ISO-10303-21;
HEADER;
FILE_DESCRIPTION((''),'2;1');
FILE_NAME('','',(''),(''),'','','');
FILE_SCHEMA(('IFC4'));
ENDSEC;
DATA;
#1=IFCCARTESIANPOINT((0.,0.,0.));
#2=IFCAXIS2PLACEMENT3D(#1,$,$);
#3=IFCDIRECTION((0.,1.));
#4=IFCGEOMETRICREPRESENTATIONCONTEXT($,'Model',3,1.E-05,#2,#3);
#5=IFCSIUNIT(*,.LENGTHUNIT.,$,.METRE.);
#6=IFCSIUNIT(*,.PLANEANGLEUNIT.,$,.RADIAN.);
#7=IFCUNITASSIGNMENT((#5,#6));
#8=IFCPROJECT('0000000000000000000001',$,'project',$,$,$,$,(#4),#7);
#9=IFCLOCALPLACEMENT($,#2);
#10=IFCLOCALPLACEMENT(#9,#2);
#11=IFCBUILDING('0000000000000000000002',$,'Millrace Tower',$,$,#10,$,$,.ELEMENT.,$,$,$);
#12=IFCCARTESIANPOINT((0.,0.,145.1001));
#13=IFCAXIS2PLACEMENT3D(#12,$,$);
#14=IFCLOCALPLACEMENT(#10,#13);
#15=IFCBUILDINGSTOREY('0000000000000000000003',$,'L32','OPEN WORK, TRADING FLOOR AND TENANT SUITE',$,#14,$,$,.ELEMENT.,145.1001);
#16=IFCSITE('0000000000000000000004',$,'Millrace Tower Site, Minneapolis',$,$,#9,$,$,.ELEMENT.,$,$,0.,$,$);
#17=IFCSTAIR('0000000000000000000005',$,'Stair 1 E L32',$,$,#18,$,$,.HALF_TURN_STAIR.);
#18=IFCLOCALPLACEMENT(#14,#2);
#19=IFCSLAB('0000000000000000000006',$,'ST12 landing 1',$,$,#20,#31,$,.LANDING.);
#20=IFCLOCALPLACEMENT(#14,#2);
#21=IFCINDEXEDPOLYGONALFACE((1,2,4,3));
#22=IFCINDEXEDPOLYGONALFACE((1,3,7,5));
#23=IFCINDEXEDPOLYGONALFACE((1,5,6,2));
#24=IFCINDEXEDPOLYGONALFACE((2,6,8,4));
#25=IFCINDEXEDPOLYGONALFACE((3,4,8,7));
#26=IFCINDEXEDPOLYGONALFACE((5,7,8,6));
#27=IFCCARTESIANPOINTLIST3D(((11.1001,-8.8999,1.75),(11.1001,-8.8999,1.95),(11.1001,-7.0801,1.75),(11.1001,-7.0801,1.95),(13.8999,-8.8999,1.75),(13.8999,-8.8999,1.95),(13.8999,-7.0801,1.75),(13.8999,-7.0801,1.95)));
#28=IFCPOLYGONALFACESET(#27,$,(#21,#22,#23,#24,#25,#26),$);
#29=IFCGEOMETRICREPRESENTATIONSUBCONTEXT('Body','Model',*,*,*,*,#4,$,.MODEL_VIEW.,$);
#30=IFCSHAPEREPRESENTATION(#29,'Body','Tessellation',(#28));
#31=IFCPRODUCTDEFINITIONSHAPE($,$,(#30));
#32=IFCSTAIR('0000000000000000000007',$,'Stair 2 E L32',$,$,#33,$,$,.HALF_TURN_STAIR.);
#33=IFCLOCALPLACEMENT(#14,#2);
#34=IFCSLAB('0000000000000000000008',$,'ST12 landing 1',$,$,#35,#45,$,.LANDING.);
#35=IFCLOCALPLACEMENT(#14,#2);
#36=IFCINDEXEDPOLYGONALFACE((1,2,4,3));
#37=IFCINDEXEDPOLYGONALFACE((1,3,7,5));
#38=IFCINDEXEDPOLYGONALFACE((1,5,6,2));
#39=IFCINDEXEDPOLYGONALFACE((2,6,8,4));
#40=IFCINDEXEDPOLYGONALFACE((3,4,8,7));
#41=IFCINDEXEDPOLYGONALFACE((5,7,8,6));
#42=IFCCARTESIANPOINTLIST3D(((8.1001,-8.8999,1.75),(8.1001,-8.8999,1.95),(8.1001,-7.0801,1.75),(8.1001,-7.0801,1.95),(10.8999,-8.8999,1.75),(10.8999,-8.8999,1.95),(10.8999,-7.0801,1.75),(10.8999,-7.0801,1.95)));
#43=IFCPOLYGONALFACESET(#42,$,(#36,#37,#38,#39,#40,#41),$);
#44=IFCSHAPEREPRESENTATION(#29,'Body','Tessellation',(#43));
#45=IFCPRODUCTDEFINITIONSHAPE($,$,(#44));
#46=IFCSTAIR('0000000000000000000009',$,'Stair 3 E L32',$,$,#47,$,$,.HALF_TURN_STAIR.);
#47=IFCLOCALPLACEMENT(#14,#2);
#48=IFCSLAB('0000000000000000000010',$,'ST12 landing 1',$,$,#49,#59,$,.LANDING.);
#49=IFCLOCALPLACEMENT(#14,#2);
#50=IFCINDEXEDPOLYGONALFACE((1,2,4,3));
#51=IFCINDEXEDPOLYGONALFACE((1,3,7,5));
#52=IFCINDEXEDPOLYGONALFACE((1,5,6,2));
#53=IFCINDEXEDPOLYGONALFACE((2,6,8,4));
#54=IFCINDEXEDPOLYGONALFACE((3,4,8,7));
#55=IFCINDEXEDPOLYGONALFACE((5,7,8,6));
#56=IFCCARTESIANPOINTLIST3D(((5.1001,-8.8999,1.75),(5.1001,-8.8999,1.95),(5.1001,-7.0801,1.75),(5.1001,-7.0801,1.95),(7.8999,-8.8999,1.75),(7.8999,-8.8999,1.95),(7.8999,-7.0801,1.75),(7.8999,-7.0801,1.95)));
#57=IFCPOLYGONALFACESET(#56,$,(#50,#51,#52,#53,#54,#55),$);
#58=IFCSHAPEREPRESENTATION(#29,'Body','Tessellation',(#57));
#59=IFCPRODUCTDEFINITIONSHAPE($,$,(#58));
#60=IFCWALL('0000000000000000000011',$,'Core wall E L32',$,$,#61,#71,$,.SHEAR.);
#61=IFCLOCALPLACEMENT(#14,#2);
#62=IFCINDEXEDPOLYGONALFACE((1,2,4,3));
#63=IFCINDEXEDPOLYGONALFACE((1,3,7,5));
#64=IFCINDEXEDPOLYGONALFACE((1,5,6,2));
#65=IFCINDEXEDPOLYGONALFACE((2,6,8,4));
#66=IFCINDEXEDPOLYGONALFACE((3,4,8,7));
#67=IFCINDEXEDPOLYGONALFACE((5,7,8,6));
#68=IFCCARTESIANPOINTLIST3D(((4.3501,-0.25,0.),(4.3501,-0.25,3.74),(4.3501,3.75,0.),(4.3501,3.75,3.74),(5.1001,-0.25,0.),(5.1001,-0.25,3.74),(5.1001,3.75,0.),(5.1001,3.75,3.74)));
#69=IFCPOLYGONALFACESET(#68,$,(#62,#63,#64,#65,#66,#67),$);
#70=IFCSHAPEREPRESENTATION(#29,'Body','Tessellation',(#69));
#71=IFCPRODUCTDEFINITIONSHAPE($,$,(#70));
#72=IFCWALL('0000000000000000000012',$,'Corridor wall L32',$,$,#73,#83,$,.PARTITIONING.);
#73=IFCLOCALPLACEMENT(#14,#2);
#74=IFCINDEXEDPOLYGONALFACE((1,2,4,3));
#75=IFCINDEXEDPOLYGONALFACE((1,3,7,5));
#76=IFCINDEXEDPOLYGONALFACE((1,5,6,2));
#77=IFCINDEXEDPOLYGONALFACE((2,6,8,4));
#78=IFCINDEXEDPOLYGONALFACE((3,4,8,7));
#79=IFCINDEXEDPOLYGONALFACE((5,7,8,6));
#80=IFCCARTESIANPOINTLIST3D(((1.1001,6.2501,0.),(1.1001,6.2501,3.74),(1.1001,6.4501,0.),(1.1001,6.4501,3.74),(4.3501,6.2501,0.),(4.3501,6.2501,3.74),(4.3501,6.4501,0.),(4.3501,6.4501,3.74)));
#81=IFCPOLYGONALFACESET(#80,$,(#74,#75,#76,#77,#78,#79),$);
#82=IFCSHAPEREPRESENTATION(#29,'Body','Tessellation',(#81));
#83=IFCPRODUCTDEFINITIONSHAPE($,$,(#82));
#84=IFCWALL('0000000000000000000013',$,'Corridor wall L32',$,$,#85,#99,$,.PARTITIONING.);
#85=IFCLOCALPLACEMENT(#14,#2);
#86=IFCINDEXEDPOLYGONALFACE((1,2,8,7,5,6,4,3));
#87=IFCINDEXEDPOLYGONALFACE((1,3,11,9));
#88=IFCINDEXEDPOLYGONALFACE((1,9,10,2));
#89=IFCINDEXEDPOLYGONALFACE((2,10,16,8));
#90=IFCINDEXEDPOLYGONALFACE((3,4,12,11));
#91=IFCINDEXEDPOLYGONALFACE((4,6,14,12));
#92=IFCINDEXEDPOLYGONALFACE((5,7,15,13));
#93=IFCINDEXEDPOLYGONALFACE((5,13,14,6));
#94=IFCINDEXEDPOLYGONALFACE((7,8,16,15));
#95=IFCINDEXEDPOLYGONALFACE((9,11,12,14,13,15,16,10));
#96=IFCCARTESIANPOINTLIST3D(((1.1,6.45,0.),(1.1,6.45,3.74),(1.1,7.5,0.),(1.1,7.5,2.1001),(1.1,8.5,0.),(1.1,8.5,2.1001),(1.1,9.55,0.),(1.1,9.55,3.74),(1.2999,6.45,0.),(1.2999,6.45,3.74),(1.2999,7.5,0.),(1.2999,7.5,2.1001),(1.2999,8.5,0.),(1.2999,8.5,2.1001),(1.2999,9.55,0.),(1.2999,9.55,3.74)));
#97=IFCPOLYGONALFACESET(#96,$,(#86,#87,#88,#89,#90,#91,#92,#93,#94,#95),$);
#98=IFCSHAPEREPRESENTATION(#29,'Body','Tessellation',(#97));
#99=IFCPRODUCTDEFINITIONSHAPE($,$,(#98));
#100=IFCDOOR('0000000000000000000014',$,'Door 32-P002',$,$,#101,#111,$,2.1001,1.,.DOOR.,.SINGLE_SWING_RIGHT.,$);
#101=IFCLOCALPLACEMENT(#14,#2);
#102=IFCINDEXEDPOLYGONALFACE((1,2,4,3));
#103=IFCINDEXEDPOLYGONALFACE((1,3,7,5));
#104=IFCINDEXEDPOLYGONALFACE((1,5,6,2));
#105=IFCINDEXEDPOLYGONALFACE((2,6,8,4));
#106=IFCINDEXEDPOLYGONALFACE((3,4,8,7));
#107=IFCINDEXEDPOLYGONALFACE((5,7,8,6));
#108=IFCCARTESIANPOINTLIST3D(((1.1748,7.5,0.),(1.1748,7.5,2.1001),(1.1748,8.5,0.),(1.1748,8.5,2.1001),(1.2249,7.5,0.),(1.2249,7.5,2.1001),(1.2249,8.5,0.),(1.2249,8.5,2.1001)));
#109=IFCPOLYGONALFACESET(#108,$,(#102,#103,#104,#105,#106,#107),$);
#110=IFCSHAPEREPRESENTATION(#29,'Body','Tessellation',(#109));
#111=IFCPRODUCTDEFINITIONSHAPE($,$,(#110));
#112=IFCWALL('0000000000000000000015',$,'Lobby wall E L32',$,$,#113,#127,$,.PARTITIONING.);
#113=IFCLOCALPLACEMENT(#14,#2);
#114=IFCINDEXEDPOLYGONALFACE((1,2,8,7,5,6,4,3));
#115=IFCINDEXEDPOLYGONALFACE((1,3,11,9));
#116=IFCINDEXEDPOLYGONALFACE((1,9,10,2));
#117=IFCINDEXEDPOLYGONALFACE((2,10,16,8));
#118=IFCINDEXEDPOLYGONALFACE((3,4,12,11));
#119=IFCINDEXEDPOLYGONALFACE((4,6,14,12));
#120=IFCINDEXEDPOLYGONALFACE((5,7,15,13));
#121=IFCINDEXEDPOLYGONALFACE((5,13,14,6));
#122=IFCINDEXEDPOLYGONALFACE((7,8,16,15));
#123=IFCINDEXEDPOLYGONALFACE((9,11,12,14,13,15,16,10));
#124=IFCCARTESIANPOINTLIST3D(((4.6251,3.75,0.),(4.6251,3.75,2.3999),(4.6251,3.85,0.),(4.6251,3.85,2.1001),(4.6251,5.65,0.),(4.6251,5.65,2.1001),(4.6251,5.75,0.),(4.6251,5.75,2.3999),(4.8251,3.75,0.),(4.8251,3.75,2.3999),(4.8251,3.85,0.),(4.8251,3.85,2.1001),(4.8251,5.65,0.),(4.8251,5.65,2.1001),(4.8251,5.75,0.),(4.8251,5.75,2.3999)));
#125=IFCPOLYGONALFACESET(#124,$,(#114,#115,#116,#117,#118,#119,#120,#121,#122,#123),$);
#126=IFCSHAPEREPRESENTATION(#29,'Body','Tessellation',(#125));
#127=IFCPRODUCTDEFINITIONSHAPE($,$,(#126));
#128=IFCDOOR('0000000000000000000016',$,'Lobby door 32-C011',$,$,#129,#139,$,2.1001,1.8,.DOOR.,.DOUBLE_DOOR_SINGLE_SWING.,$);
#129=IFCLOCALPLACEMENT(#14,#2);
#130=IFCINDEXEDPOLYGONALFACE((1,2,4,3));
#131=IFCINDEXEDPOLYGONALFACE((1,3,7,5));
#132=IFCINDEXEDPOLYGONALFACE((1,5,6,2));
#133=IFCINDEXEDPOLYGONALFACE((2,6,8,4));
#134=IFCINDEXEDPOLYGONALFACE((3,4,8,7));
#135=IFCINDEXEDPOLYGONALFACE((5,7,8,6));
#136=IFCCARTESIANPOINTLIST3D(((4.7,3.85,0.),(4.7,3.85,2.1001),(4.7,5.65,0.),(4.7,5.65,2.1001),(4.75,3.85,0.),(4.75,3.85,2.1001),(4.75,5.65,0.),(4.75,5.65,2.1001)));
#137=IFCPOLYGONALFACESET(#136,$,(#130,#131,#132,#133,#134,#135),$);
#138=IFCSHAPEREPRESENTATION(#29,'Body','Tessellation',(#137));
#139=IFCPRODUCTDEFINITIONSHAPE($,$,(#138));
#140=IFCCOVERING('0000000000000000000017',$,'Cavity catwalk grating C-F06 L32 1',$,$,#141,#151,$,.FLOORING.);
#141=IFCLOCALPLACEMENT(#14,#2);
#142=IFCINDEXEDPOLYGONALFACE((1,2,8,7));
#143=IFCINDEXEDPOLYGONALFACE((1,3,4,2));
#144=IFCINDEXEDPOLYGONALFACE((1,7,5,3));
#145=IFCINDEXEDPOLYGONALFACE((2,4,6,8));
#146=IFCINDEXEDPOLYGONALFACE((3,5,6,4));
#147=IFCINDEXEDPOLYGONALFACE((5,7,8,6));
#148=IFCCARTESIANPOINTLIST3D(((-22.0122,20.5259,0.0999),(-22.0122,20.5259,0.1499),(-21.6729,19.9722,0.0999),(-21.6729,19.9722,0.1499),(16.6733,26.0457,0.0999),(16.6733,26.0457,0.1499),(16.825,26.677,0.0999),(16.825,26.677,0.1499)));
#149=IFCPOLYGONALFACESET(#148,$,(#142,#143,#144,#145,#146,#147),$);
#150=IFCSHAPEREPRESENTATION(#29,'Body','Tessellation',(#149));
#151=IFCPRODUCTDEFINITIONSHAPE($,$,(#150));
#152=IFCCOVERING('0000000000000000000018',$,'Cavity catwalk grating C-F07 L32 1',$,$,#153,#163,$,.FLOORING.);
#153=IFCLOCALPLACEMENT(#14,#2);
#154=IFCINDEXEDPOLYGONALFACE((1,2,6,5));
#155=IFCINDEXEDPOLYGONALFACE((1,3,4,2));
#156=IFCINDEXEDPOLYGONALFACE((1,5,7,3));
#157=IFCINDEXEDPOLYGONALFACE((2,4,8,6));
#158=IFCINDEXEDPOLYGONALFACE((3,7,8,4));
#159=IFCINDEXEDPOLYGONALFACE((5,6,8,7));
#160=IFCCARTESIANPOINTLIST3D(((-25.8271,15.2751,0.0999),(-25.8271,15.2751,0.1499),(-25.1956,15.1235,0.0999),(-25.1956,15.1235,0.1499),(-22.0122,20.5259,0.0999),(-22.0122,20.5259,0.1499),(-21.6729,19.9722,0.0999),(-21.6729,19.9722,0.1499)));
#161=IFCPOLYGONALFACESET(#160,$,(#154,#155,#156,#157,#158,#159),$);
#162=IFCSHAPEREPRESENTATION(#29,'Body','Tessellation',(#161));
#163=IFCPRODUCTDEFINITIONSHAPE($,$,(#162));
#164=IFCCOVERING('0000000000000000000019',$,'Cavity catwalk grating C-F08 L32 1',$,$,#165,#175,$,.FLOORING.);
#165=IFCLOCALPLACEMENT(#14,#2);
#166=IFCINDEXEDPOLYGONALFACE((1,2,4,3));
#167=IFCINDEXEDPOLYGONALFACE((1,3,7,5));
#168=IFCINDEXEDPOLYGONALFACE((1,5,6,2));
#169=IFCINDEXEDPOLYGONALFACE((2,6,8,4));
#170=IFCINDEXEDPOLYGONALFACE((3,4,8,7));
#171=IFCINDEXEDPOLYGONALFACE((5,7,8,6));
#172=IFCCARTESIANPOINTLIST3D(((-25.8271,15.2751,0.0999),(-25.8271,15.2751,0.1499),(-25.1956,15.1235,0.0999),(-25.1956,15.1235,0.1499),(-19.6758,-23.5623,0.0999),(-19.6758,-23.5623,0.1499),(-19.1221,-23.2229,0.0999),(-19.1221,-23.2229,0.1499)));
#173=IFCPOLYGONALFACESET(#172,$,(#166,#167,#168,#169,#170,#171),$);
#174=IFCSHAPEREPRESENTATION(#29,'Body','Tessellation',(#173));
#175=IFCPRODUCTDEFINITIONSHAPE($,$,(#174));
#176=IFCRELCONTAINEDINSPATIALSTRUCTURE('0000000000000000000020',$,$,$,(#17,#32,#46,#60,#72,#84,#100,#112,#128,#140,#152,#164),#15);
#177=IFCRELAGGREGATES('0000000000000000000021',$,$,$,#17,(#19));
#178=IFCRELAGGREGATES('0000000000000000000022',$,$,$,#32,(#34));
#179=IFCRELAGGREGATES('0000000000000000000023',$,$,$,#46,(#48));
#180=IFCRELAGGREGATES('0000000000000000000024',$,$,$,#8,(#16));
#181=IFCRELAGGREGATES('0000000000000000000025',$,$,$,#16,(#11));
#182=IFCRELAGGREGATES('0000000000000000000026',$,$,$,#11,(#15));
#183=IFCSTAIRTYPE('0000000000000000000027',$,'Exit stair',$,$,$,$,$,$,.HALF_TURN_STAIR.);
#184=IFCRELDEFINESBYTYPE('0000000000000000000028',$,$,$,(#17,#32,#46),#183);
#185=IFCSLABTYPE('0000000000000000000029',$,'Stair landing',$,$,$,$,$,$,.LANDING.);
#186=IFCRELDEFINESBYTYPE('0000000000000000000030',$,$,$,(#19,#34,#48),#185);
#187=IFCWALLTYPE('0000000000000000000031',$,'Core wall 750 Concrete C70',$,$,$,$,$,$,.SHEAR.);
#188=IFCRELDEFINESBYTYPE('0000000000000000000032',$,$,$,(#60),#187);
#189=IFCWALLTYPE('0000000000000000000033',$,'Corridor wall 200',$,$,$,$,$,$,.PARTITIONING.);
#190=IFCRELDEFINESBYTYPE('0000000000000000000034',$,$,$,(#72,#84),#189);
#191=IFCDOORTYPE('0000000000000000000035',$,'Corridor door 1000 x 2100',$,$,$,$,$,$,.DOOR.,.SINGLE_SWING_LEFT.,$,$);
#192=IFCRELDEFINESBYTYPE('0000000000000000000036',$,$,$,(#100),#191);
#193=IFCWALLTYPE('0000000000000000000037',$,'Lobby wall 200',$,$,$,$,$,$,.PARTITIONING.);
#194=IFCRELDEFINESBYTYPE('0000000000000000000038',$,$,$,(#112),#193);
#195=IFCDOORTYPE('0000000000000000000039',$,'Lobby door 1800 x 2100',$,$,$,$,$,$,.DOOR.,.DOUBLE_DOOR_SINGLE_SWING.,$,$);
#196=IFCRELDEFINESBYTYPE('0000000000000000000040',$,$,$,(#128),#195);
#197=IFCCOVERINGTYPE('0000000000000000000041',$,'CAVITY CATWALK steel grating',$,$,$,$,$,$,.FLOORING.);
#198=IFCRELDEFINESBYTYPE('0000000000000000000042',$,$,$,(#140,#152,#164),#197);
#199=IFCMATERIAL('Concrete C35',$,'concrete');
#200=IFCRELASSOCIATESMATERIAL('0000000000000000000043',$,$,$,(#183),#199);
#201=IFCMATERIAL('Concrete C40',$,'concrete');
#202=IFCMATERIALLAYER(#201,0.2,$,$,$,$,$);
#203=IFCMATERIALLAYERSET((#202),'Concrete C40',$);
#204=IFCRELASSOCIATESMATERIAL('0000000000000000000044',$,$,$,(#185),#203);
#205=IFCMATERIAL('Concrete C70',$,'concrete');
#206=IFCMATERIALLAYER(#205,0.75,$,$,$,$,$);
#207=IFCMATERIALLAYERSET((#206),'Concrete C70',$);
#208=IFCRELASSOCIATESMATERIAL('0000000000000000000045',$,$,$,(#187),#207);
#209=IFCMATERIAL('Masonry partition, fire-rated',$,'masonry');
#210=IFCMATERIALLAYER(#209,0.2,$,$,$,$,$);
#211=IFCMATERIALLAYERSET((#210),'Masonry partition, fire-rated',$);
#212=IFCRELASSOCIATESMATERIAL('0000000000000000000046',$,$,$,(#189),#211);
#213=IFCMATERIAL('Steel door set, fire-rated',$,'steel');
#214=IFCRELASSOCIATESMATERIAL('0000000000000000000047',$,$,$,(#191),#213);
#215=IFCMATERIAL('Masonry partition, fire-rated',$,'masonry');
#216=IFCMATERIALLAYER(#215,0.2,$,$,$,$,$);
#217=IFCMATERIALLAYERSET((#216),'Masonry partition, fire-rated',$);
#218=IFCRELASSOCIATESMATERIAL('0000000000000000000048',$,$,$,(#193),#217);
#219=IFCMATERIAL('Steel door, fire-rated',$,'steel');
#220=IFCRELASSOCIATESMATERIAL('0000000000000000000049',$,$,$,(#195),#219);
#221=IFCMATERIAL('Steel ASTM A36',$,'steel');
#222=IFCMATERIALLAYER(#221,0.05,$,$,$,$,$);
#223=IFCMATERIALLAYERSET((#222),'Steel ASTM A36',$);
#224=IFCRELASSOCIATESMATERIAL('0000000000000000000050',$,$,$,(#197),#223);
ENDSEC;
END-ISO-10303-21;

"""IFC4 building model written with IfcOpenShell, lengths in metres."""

from ifc_helpers import new_model, si_unit, direction, frame, frame_2d, origin, place, context, subcontext, project, spatial, polyline, rectangle, outline, extrude, material, layer, layer_set, type_object, element, fill, aggregate, save


model = new_model("IFC4")

# Units and contexts
model_context = context("Model", 3, precision=1e-05, world=origin(), true_north=direction((0.0, 1.0)))
body_context = subcontext(model_context, "Body", "Model", "MODEL_VIEW")
ifc_project = project(units=[si_unit("LENGTHUNIT", "METRE"), si_unit("PLANEANGLEUNIT", "RADIAN")], contexts=[model_context])

# Site, building, storey
site_placement = place(None, origin())
site = spatial("IfcSite", under=ifc_project, at=site_placement, Name="Millrace Tower Site, Minneapolis", CompositionType="ELEMENT", RefElevation=0.0)
building_placement = place(site_placement, origin())
building = spatial("IfcBuilding", under=site, at=building_placement, Name="Millrace Tower", CompositionType="ELEMENT")
storey_placement = place(building_placement, frame((0.0, 0.0, 145.1001)))
storey = spatial("IfcBuildingStorey", under=building, at=storey_placement, Name="L32", Description="OPEN WORK, TRADING FLOOR AND TENANT SUITE", CompositionType="ELEMENT", Elevation=145.1001)

# Shared definitions
placement_1 = place(storey_placement, origin())

# Stairs, slabs
ifc_material_1 = material(Name="Concrete C35", Category="concrete")
stair_type = type_object("IfcStairType", Name="Exit stair", PredefinedType="HALF_TURN_STAIR", material=ifc_material_1)
ifc_material_2 = material(Name="Concrete C40", Category="concrete")
ifc_layer_1 = layer(ifc_material_2, 0.2)
ifc_layer_set_1 = layer_set([ifc_layer_1], Name="Concrete C40")
slab_type = type_object("IfcSlabType", Name="Stair landing", PredefinedType="LANDING", material=ifc_layer_set_1)
placement_2 = place(storey_placement, frame((0.0, 0.0, 1.75)))
stair_1 = element("IfcStair", 1, at=placement_1, inside=storey, type_object=stair_type, Name="Stair 1 E L32", PredefinedType="HALF_TURN_STAIR")
slab_1 = element("IfcSlab", 2, at=placement_2, type_object=slab_type, Name="ST12 landing 1", PredefinedType="LANDING", context=body_context, shape_type="SweptSolid", body=[
    extrude(outline(polyline([(11.1001, -8.8999), (13.8999, -8.8999), (13.8999, -7.0801), (11.1001, -7.0801), (11.1001, -8.8999)])), origin(), (0.0, 0.0, 1.0), 0.2),
])
aggregate(stair_1, [slab_1])
stair_2 = element("IfcStair", 3, at=placement_1, inside=storey, type_object=stair_type, Name="Stair 2 E L32", PredefinedType="HALF_TURN_STAIR")
slab_2 = element("IfcSlab", 4, at=placement_2, type_object=slab_type, Name="ST12 landing 1", PredefinedType="LANDING", context=body_context, shape_type="SweptSolid", body=[
    extrude(outline(polyline([(8.1001, -8.8999), (10.8999, -8.8999), (10.8999, -7.0801), (8.1001, -7.0801), (8.1001, -8.8999)])), origin(), (0.0, 0.0, 1.0), 0.2),
])
aggregate(stair_2, [slab_2])
stair_3 = element("IfcStair", 5, at=placement_1, inside=storey, type_object=stair_type, Name="Stair 3 E L32", PredefinedType="HALF_TURN_STAIR")
slab_3 = element("IfcSlab", 6, at=placement_2, type_object=slab_type, Name="ST12 landing 1", PredefinedType="LANDING", context=body_context, shape_type="SweptSolid", body=[
    extrude(outline(polyline([(5.1001, -8.8999), (7.8999, -8.8999), (7.8999, -7.0801), (5.1001, -7.0801), (5.1001, -8.8999)])), origin(), (0.0, 0.0, 1.0), 0.2),
])
aggregate(stair_3, [slab_3])

# Walls
ifc_material_3 = material(Name="Concrete C70", Category="concrete")
ifc_layer_2 = layer(ifc_material_3, 0.75)
ifc_layer_set_2 = layer_set([ifc_layer_2], Name="Concrete C70")
wall_type_1 = type_object("IfcWallType", Name="Core wall 750 Concrete C70", PredefinedType="SHEAR", material=ifc_layer_set_2)
wall_1_placement = place(storey_placement, frame((4.7251, 3.75, 0.0), z_axis=(0.0, 0.0, 1.0), x_axis=(0.0, -1.0, 0.0)))
element("IfcWall", 7, at=wall_1_placement, inside=storey, type_object=wall_type_1, Name="Core wall E L32", PredefinedType="SHEAR", context=body_context, shape_type="SweptSolid", body=[
    extrude(rectangle(XDim=4.0, YDim=0.75, at=frame_2d((2.0, 0.0))), origin(), (0.0, 0.0, 1.0), 3.74),
])
ifc_material_4 = material(Name="Masonry partition, fire-rated", Category="masonry")
ifc_layer_3 = layer(ifc_material_4, 0.2)
ifc_layer_set_3 = layer_set([ifc_layer_3], Name="Masonry partition, fire-rated")
wall_type_2 = type_object("IfcWallType", Name="Corridor wall 200", PredefinedType="PARTITIONING", material=ifc_layer_set_3)
wall_2_placement = place(storey_placement, frame((1.1001, 6.3501, 0.0), z_axis=(0.0, 0.0, 1.0), x_axis=(1.0, 0.0, 0.0)))
element("IfcWall", 8, at=wall_2_placement, inside=storey, type_object=wall_type_2, Name="Corridor wall L32", PredefinedType="PARTITIONING", context=body_context, shape_type="SweptSolid", body=[
    extrude(rectangle(XDim=3.25, YDim=0.2, at=frame_2d((1.625, 0.0))), origin(), (0.0, 0.0, 1.0), 3.74),
])

# Walls, openings, doors
wall_3_placement = place(storey_placement, frame((1.2, 6.45, 0.0), z_axis=(0.0, 0.0, 1.0), x_axis=(0.0, 1.0, 0.0)))
wall_3 = element("IfcWall", 9, at=wall_3_placement, inside=storey, type_object=wall_type_2, Name="Corridor wall L32", PredefinedType="PARTITIONING", context=body_context, shape_type="SweptSolid", body=[
    extrude(rectangle(XDim=3.1001, YDim=0.2, at=frame_2d((1.55, 0.0))), origin(), (0.0, 0.0, 1.0), 3.74),
])
opening_1_placement = place(wall_3_placement, frame((1.05, 0.0, 0.0)))
opening_1 = element("IfcOpeningElement", 10, at=opening_1_placement, cuts=wall_3, PredefinedType="OPENING", context=body_context, shape_type="SweptSolid", body=[
    extrude(rectangle(XDim=1.0, YDim=2.1001, at=frame_2d((0.5, 1.05))), frame((0.0, 0.1099, 0.0), z_axis=(0.0, -1.0, 0.0), x_axis=(1.0, 0.0, 0.0)), (0.0, 0.0, 1.0), 0.22),
])
ifc_material_5 = material(Name="Steel door set, fire-rated", Category="steel")
door_type_1 = type_object("IfcDoorType", Name="Corridor door 1000 x 2100", OperationType="SINGLE_SWING_LEFT", PredefinedType="DOOR", material=ifc_material_5)
door_1_placement = place(opening_1_placement, frame((1.0, 0.0, 0.0), z_axis=(0.0, 0.0, 1.0), x_axis=(-1.0, 0.0, 0.0)))
door_1 = element("IfcDoor", 11, at=door_1_placement, inside=storey, type_object=door_type_1, Name="Door 32-P002", OperationType="SINGLE_SWING_RIGHT", OverallHeight=2.1001, OverallWidth=1.0, PredefinedType="DOOR", context=body_context, shape_type="SweptSolid", body=[
    extrude(rectangle(XDim=1.0, YDim=2.1001, at=frame_2d((0.5, 1.05))), frame((0.0, 0.0249, 0.0), z_axis=(0.0, -1.0, 0.0), x_axis=(1.0, 0.0, 0.0)), (0.0, 0.0, 1.0), 0.05),
])
fill(opening_1, door_1)
ifc_material_6 = material(Name="Masonry partition, fire-rated", Category="masonry")
ifc_layer_4 = layer(ifc_material_6, 0.2)
ifc_layer_set_4 = layer_set([ifc_layer_4], Name="Masonry partition, fire-rated")
wall_type_3 = type_object("IfcWallType", Name="Lobby wall 200", PredefinedType="PARTITIONING", material=ifc_layer_set_4)
wall_4_placement = place(storey_placement, frame((4.7251, 5.75, 0.0), z_axis=(0.0, 0.0, 1.0), x_axis=(0.0, -1.0, 0.0)))
wall_4 = element("IfcWall", 12, at=wall_4_placement, inside=storey, type_object=wall_type_3, Name="Lobby wall E L32", PredefinedType="PARTITIONING", context=body_context, shape_type="SweptSolid", body=[
    extrude(rectangle(XDim=2.0, YDim=0.2, at=frame_2d((1.0, 0.0))), origin(), (0.0, 0.0, 1.0), 2.3999),
])
opening_2_placement = place(wall_4_placement, frame((0.1001, 0.0, 0.0)))
opening_2 = element("IfcOpeningElement", 13, at=opening_2_placement, cuts=wall_4, PredefinedType="OPENING", context=body_context, shape_type="SweptSolid", body=[
    extrude(rectangle(XDim=1.8, YDim=2.1001, at=frame_2d((0.8999, 1.05))), frame((0.0, 0.1099, 0.0), z_axis=(0.0, -1.0, 0.0), x_axis=(1.0, 0.0, 0.0)), (0.0, 0.0, 1.0), 0.22),
])
ifc_material_7 = material(Name="Steel door, fire-rated", Category="steel")
door_type_2 = type_object("IfcDoorType", Name="Lobby door 1800 x 2100", OperationType="DOUBLE_DOOR_SINGLE_SWING", PredefinedType="DOOR", material=ifc_material_7)
door_2_placement = place(opening_2_placement, origin())
door_2 = element("IfcDoor", 14, at=door_2_placement, inside=storey, type_object=door_type_2, Name="Lobby door 32-C011", OperationType="DOUBLE_DOOR_SINGLE_SWING", OverallHeight=2.1001, OverallWidth=1.8, PredefinedType="DOOR", context=body_context, shape_type="SweptSolid", body=[
    extrude(rectangle(XDim=1.8, YDim=2.1001, at=frame_2d((0.8999, 1.05))), frame((0.0, 0.0249, 0.0), z_axis=(0.0, -1.0, 0.0), x_axis=(1.0, 0.0, 0.0)), (0.0, 0.0, 1.0), 0.05),
])
fill(opening_2, door_2)

# Coverings
ifc_material_8 = material(Name="Steel ASTM A36", Category="steel")
ifc_layer_5 = layer(ifc_material_8, 0.05)
ifc_layer_set_5 = layer_set([ifc_layer_5], Name="Steel ASTM A36")
covering_type = type_object("IfcCoveringType", Name="CAVITY CATWALK steel grating", PredefinedType="FLOORING", material=ifc_layer_set_5)
placement_3 = place(storey_placement, frame((0.0, 0.0, 0.0999)))
element("IfcCovering", 15, at=placement_3, inside=storey, type_object=covering_type, Name="Cavity catwalk grating C-F06 L32 1", PredefinedType="FLOORING", context=body_context, shape_type="SweptSolid", body=[
    extrude(outline(polyline([(16.825, 26.677), (-22.0122, 20.5259), (-21.6729, 19.9722), (16.6733, 26.0457), (16.825, 26.677)])), origin(), (0.0, 0.0, 1.0), 0.05),
])
element("IfcCovering", 16, at=placement_3, inside=storey, type_object=covering_type, Name="Cavity catwalk grating C-F07 L32 1", PredefinedType="FLOORING", context=body_context, shape_type="SweptSolid", body=[
    extrude(outline(polyline([(-22.0122, 20.5259), (-25.8271, 15.2751), (-25.1956, 15.1235), (-21.6729, 19.9722), (-22.0122, 20.5259)])), origin(), (0.0, 0.0, 1.0), 0.05),
])
element("IfcCovering", 17, at=placement_3, inside=storey, type_object=covering_type, Name="Cavity catwalk grating C-F08 L32 1", PredefinedType="FLOORING", context=body_context, shape_type="SweptSolid", body=[
    extrude(outline(polyline([(-25.8271, 15.2751), (-19.6758, -23.5623), (-19.1221, -23.2229), (-25.1956, 15.1235), (-25.8271, 15.2751)])), origin(), (0.0, 0.0, 1.0), 0.05),
])

save(model, "model.ifc")
